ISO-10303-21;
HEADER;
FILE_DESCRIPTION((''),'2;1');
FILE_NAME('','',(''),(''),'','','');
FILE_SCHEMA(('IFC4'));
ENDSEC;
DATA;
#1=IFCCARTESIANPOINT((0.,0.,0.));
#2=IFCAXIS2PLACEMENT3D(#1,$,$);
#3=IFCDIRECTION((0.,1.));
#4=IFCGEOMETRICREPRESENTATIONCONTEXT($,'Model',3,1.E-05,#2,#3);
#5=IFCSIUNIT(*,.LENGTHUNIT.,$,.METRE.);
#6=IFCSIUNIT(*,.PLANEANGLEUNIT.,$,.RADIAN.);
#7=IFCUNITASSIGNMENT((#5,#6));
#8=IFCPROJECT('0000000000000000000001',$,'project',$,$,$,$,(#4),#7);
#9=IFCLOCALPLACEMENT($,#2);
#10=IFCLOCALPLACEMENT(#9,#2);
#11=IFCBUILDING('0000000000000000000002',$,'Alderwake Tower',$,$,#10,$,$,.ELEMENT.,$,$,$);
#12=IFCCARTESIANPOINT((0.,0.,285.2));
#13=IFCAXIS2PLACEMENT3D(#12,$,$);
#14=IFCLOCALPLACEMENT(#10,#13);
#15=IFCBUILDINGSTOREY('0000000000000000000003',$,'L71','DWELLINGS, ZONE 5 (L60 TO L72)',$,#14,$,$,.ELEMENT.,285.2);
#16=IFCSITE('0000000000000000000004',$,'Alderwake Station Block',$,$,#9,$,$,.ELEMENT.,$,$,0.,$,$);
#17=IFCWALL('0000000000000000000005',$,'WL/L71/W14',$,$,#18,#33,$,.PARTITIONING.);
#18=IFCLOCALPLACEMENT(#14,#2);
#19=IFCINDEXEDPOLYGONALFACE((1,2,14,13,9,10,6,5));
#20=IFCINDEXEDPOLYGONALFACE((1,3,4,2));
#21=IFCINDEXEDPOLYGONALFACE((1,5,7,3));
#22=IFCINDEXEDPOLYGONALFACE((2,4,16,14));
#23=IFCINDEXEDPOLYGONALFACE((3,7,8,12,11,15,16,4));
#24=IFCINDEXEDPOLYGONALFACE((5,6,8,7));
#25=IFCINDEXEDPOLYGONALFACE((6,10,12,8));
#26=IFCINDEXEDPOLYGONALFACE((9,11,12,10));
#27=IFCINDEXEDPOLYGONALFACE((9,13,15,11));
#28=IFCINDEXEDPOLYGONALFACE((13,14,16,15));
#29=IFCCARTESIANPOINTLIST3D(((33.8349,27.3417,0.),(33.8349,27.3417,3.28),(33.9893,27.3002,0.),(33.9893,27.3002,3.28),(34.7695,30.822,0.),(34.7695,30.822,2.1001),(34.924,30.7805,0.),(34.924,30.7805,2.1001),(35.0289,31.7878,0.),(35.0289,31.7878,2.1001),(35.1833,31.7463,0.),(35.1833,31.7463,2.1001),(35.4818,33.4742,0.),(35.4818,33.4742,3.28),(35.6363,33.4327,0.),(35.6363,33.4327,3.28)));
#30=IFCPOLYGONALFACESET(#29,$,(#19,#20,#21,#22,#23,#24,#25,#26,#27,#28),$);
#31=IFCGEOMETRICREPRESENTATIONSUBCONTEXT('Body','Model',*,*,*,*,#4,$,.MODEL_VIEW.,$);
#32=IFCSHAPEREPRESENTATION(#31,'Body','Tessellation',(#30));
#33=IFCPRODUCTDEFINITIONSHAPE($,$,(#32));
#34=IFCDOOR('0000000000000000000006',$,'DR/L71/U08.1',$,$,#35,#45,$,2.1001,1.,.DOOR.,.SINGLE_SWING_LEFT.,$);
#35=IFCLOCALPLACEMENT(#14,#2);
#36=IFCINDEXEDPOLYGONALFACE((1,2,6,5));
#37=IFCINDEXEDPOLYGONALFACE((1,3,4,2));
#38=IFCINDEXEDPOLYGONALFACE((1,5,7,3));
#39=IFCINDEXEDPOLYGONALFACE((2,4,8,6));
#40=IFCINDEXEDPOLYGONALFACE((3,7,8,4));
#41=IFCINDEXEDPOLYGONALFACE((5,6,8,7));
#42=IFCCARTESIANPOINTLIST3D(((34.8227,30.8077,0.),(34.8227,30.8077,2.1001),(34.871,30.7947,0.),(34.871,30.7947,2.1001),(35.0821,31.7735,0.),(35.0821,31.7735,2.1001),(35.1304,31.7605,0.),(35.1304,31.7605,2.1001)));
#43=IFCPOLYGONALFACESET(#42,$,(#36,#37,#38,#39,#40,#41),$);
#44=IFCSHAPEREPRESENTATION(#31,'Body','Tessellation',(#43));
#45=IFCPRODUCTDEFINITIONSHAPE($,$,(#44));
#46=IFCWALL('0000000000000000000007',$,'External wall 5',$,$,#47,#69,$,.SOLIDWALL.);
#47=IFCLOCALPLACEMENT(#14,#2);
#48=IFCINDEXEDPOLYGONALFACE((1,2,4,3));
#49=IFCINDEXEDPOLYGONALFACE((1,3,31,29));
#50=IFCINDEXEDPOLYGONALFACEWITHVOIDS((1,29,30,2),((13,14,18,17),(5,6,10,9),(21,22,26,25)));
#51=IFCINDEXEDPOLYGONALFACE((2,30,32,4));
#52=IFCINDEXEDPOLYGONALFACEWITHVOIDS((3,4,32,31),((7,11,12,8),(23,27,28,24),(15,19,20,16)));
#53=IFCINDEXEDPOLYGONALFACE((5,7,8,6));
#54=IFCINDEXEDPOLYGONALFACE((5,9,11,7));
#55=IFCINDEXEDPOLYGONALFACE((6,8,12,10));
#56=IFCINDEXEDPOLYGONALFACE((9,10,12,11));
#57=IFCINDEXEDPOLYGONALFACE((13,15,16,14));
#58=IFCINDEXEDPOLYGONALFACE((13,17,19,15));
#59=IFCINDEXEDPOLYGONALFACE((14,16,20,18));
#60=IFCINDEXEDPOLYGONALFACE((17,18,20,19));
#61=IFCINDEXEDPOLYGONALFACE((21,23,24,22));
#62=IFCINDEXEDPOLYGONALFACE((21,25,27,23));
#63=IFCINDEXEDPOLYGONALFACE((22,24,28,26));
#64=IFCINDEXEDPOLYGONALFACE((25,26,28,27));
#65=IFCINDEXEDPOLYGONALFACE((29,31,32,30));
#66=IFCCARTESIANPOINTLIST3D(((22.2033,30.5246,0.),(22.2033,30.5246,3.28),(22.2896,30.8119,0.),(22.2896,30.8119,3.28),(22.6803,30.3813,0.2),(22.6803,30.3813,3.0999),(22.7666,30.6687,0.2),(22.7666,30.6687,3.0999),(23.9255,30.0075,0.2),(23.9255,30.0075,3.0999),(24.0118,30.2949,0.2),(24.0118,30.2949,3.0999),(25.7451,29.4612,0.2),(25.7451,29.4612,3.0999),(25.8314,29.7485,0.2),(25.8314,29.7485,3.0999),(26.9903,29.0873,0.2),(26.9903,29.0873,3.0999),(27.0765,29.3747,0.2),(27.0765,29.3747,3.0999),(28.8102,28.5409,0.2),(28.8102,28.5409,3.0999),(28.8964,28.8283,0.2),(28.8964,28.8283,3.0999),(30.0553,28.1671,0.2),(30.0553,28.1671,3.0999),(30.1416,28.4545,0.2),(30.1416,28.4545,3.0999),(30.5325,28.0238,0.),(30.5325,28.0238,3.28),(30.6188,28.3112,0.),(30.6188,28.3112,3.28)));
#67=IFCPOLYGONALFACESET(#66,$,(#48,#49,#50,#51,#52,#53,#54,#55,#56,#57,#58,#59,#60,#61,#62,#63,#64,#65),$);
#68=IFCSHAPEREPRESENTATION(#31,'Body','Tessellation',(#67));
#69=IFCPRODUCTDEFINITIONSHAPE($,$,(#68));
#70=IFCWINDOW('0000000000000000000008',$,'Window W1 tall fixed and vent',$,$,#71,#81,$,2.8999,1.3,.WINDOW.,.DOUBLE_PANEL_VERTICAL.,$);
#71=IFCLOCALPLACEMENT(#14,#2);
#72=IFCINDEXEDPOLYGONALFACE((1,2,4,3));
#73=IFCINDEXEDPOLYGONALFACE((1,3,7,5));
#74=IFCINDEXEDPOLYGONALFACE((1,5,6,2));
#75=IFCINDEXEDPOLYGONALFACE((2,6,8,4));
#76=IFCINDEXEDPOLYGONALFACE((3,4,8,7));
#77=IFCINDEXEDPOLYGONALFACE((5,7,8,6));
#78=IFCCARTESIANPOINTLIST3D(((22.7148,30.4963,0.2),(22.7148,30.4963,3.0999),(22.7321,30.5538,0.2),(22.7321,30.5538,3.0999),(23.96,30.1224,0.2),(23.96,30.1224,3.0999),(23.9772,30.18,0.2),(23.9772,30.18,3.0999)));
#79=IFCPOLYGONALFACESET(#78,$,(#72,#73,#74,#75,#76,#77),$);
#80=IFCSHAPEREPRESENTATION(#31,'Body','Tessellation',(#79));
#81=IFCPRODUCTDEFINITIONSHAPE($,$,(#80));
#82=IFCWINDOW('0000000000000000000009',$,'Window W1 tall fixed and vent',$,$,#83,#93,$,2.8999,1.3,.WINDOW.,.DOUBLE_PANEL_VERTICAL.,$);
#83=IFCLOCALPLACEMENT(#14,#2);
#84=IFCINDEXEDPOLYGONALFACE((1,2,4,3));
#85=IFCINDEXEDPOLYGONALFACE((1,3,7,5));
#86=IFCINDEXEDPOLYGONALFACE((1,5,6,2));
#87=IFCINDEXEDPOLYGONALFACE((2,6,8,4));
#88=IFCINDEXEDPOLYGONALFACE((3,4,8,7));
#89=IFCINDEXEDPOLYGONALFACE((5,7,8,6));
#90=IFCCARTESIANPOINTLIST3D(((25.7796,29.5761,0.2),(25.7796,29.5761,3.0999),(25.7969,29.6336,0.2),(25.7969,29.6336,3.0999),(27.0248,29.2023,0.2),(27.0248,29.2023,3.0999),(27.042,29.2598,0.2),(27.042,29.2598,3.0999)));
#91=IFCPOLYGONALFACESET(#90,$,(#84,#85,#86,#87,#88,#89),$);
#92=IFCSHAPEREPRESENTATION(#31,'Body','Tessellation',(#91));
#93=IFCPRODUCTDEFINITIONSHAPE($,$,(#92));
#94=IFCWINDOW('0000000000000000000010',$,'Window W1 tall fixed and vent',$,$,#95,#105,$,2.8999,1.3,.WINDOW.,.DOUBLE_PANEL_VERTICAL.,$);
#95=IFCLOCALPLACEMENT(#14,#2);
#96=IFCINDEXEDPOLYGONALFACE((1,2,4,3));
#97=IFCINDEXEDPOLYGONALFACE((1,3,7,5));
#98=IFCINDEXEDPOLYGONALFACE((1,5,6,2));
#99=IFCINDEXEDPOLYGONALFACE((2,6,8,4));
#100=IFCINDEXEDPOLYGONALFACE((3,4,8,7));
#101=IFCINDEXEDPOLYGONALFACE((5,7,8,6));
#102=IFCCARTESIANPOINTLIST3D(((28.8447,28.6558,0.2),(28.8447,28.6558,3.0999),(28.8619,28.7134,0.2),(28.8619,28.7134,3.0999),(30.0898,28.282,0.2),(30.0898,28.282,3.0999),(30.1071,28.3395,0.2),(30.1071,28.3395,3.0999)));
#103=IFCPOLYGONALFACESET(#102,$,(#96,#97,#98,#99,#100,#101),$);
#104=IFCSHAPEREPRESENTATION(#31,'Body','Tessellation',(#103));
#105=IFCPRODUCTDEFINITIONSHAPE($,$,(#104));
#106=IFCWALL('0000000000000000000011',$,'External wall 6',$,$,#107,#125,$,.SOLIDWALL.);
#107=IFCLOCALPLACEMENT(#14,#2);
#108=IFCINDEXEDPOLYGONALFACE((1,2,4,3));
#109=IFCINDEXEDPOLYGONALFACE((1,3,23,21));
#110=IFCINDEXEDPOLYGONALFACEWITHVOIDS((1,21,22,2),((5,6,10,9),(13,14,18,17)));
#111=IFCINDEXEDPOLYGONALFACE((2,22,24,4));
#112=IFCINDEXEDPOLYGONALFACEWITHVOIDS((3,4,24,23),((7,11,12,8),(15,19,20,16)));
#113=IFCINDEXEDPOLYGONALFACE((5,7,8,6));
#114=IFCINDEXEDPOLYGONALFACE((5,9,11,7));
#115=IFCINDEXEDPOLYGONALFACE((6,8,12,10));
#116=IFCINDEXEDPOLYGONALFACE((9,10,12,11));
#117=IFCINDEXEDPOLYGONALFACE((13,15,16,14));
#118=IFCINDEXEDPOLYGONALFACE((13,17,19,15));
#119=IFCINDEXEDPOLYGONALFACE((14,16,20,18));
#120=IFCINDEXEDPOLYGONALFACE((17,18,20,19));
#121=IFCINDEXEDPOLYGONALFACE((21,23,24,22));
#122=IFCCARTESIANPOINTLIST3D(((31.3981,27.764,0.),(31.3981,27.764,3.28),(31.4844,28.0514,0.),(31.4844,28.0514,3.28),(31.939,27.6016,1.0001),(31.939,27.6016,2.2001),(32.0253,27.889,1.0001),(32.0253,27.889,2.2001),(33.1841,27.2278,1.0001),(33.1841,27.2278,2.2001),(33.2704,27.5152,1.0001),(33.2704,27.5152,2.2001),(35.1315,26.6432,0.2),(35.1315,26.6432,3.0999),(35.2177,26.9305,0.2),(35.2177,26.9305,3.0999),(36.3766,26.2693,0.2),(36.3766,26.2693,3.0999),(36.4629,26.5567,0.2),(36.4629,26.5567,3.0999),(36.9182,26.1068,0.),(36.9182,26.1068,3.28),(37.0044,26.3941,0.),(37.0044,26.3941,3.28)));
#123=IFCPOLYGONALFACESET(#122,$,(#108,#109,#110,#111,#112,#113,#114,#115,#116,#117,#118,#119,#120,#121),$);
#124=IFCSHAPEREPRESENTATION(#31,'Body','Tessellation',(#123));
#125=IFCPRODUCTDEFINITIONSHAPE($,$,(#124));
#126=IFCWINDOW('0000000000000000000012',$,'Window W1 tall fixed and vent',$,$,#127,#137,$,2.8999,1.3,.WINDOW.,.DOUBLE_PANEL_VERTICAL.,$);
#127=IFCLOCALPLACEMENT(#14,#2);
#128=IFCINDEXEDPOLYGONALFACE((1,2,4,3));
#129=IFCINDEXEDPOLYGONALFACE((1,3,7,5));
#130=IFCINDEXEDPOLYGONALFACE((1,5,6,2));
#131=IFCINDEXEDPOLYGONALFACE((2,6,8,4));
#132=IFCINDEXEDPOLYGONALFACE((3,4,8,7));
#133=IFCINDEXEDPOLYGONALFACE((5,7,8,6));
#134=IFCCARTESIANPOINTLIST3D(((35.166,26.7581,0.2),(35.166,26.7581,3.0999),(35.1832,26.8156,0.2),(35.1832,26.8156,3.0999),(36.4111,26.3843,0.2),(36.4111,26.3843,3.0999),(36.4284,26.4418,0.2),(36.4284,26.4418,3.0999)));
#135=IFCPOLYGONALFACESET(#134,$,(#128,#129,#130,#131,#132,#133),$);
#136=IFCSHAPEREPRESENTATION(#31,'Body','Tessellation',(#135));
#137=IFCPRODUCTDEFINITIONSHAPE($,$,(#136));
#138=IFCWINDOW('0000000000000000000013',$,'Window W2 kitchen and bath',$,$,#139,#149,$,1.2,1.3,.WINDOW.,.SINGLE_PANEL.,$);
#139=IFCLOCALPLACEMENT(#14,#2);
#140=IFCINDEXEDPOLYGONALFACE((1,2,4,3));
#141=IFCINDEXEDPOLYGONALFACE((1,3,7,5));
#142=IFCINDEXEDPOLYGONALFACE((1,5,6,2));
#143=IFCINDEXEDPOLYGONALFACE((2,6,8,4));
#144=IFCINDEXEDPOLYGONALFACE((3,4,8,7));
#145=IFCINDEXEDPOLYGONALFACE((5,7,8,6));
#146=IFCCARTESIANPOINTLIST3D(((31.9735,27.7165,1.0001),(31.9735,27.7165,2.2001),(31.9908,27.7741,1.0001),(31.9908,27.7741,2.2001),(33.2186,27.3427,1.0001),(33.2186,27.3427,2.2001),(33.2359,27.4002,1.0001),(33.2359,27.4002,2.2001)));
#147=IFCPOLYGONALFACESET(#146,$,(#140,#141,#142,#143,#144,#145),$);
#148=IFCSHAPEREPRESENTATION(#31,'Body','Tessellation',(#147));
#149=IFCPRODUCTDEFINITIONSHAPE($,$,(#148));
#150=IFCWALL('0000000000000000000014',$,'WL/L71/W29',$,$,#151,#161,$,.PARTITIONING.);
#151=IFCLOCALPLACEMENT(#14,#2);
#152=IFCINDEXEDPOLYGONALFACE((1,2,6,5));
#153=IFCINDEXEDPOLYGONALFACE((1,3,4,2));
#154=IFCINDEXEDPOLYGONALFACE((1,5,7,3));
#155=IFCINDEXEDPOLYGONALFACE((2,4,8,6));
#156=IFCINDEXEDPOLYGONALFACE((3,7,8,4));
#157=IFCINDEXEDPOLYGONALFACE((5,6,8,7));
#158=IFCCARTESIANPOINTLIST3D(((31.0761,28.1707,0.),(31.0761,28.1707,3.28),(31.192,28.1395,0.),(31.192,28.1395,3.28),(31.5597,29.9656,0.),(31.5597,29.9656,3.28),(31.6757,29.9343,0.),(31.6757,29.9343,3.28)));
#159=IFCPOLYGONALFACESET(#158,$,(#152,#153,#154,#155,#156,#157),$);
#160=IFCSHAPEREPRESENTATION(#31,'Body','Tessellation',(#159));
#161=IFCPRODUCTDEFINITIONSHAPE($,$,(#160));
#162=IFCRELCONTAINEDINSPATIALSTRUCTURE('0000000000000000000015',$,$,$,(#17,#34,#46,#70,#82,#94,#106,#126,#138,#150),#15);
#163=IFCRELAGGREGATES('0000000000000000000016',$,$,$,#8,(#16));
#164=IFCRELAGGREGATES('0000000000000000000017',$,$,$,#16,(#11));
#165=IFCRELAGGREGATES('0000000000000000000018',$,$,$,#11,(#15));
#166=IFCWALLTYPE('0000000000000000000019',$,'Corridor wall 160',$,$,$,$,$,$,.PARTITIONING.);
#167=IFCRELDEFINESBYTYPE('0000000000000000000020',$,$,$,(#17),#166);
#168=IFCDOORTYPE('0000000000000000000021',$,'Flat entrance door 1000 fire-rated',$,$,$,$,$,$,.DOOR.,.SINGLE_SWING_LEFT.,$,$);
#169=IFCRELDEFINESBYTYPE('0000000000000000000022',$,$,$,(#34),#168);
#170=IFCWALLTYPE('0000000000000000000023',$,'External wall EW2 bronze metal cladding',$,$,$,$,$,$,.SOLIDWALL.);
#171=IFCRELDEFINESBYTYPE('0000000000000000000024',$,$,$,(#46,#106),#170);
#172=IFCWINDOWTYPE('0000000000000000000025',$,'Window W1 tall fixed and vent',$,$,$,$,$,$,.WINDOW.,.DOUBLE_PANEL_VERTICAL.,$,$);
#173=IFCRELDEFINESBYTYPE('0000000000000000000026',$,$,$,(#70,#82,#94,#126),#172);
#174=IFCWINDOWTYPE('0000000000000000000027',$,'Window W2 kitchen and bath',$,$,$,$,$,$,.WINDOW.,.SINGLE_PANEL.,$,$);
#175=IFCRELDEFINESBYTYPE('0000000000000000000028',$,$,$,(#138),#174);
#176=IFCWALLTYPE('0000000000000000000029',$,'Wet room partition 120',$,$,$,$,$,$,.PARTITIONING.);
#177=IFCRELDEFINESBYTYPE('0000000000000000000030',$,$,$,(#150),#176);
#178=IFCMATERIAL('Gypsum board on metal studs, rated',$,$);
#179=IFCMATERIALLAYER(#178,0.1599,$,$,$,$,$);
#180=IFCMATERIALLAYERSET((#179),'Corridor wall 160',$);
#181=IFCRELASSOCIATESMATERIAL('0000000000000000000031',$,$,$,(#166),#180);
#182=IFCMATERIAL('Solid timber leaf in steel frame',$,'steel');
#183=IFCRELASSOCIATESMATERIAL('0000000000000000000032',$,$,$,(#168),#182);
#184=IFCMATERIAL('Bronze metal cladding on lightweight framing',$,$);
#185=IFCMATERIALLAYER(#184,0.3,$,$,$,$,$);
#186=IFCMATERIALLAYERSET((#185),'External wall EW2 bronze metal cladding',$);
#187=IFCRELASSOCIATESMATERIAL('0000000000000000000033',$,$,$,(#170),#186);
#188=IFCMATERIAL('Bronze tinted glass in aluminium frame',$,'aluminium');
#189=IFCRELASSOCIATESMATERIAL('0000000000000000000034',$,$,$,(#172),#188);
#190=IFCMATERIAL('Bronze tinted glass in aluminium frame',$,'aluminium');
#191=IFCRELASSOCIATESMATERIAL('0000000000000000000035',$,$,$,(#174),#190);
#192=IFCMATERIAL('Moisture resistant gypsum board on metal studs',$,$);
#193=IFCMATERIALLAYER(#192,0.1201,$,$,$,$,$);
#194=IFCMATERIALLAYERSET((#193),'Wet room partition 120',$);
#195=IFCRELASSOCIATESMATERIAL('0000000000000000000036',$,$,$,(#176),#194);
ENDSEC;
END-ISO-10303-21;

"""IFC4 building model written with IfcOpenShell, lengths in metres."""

from ifc_helpers import new_model, si_unit, direction, frame, frame_2d, origin, place, context, subcontext, project, spatial, rectangle, extrude, material, layer, layer_set, type_object, element, fill, save


model = new_model("IFC4")

# Units and contexts
model_context = context("Model", 3, precision=1e-05, world=origin(), true_north=direction((0.0, 1.0)))
body_context = subcontext(model_context, "Body", "Model", "MODEL_VIEW")
ifc_project = project(units=[si_unit("LENGTHUNIT", "METRE"), si_unit("PLANEANGLEUNIT", "RADIAN")], contexts=[model_context])

# Site, building, storey
site_placement = place(None, origin())
site = spatial("IfcSite", under=ifc_project, at=site_placement, Name="Alderwake Station Block", CompositionType="ELEMENT", RefElevation=0.0)
building_placement = place(site_placement, origin())
building = spatial("IfcBuilding", under=site, at=building_placement, Name="Alderwake Tower", CompositionType="ELEMENT")
storey_placement = place(building_placement, frame((0.0, 0.0, 285.2)))
storey = spatial("IfcBuildingStorey", under=building, at=storey_placement, Name="L71", Description="DWELLINGS, ZONE 5 (L60 TO L72)", CompositionType="ELEMENT", Elevation=285.2)

# Wall, opening, door
ifc_material_1 = material(Name="Gypsum board on metal studs, rated")
ifc_layer_1 = layer(ifc_material_1, 0.1599)
ifc_layer_set_1 = layer_set([ifc_layer_1], Name="Corridor wall 160")
wall_type_1 = type_object("IfcWallType", Name="Corridor wall 160", PredefinedType="PARTITIONING", material=ifc_layer_set_1)
wall_1_placement = place(storey_placement, frame((33.9121, 27.321, 0.0), z_axis=(0.0, 0.0, 1.0), x_axis=(0.259371, 0.965778, 0.0)))
wall_1 = element("IfcWall", 1, at=wall_1_placement, inside=storey, type_object=wall_type_1, Name="WL/L71/W14", PredefinedType="PARTITIONING", context=body_context, shape_type="SweptSolid", body=[
    extrude(rectangle(XDim=6.3499, YDim=0.1599, at=frame_2d((3.1748, 0.0))), origin(), (0.0, 0.0, 1.0), 3.28),
])
opening_1_placement = place(wall_1_placement, frame((3.6035, 0.0, 0.0)))
opening_1 = element("IfcOpeningElement", 2, at=opening_1_placement, cuts=wall_1, PredefinedType="OPENING", context=body_context, shape_type="SweptSolid", body=[
    extrude(rectangle(XDim=1.0, YDim=2.1001, at=frame_2d((0.5, 1.05))), frame((0.0, 0.0898, 0.0), z_axis=(0.0, -1.0, 0.0), x_axis=(1.0, 0.0, 0.0)), (0.0, 0.0, 1.0), 0.1799),
])
ifc_material_2 = material(Name="Solid timber leaf in steel frame", Category="steel")
door_type_1 = type_object("IfcDoorType", Name="Flat entrance door 1000 fire-rated", OperationType="SINGLE_SWING_LEFT", PredefinedType="DOOR", material=ifc_material_2)
door_1_placement = place(opening_1_placement, origin())
door_1 = element("IfcDoor", 3, at=door_1_placement, inside=storey, type_object=door_type_1, Name="DR/L71/U08.1", OperationType="SINGLE_SWING_LEFT", OverallHeight=2.1001, OverallWidth=1.0, PredefinedType="DOOR", context=body_context, shape_type="SweptSolid", body=[
    extrude(rectangle(XDim=1.0, YDim=2.1001, at=frame_2d((0.5, 1.05))), frame((0.0, 0.0249, 0.0), z_axis=(0.0, -1.0, 0.0), x_axis=(1.0, 0.0, 0.0)), (0.0, 0.0, 1.0), 0.05),
])
fill(opening_1, door_1)

# Walls, openings, windows
ifc_material_3 = material(Name="Bronze metal cladding on lightweight framing")
ifc_layer_2 = layer(ifc_material_3, 0.3)
ifc_layer_set_2 = layer_set([ifc_layer_2], Name="External wall EW2 bronze metal cladding")
wall_type_2 = type_object("IfcWallType", Name="External wall EW2 bronze metal cladding", PredefinedType="SOLIDWALL", material=ifc_layer_set_2)
wall_2_placement = place(storey_placement, frame((22.2466, 30.6682, 0.0), z_axis=(0.0, 0.0, 1.0), x_axis=(0.957763, -0.287559, 0.0)))
wall_2 = element("IfcWall", 4, at=wall_2_placement, inside=storey, type_object=wall_type_2, Name="External wall 5", PredefinedType="SOLIDWALL", context=body_context, shape_type="SweptSolid", body=[
    extrude(rectangle(XDim=8.6965, YDim=0.3, at=frame_2d((4.3481, 0.0))), origin(), (0.0, 0.0, 1.0), 3.28),
])
opening_2_placement = place(wall_2_placement, frame((0.498, 0.0, 0.2)))
opening_2 = element("IfcOpeningElement", 5, at=opening_2_placement, cuts=wall_2, PredefinedType="OPENING", context=body_context, shape_type="SweptSolid", body=[
    extrude(rectangle(XDim=1.3, YDim=2.8999, at=frame_2d((0.6499, 1.45))), frame((0.0, 0.1599, 0.0), z_axis=(0.0, -1.0, 0.0), x_axis=(1.0, 0.0, 0.0)), (0.0, 0.0, 1.0), 0.3201),
])
opening_3_placement = place(wall_2_placement, frame((3.698, 0.0, 0.2)))
opening_3 = element("IfcOpeningElement", 6, at=opening_3_placement, cuts=wall_2, PredefinedType="OPENING", context=body_context, shape_type="SweptSolid", body=[
    extrude(rectangle(XDim=1.3, YDim=2.8999, at=frame_2d((0.6499, 1.45))), frame((0.0, 0.1599, 0.0), z_axis=(0.0, -1.0, 0.0), x_axis=(1.0, 0.0, 0.0)), (0.0, 0.0, 1.0), 0.3201),
])
opening_4_placement = place(wall_2_placement, frame((6.8982, 0.0, 0.2)))
opening_4 = element("IfcOpeningElement", 7, at=opening_4_placement, cuts=wall_2, PredefinedType="OPENING", context=body_context, shape_type="SweptSolid", body=[
    extrude(rectangle(XDim=1.3, YDim=2.8999, at=frame_2d((0.6499, 1.45))), frame((0.0, 0.1599, 0.0), z_axis=(0.0, -1.0, 0.0), x_axis=(1.0, 0.0, 0.0)), (0.0, 0.0, 1.0), 0.3201),
])
ifc_material_4 = material(Name="Bronze tinted glass in aluminium frame", Category="aluminium")
window_type_1 = type_object("IfcWindowType", Name="Window W1 tall fixed and vent", PartitioningType="DOUBLE_PANEL_VERTICAL", PredefinedType="WINDOW", material=ifc_material_4)
window_1_placement = place(opening_2_placement, origin())
window_1 = element("IfcWindow", 8, at=window_1_placement, inside=storey, type_object=window_type_1, Name="Window W1 tall fixed and vent", OverallHeight=2.8999, OverallWidth=1.3, PartitioningType="DOUBLE_PANEL_VERTICAL", PredefinedType="WINDOW", context=body_context, shape_type="SweptSolid", body=[
    extrude(rectangle(XDim=1.3, YDim=2.8999, at=frame_2d((0.6499, 1.45))), frame((0.0, 0.03, 0.0), z_axis=(0.0, -1.0, 0.0), x_axis=(1.0, 0.0, 0.0)), (0.0, 0.0, 1.0), 0.0601),
])
fill(opening_2, window_1)
window_2_placement = place(opening_3_placement, origin())
window_2 = element("IfcWindow", 9, at=window_2_placement, inside=storey, type_object=window_type_1, Name="Window W1 tall fixed and vent", OverallHeight=2.8999, OverallWidth=1.3, PartitioningType="DOUBLE_PANEL_VERTICAL", PredefinedType="WINDOW", context=body_context, shape_type="SweptSolid", body=[
    extrude(rectangle(XDim=1.3, YDim=2.8999, at=frame_2d((0.6499, 1.45))), frame((0.0, 0.03, 0.0), z_axis=(0.0, -1.0, 0.0), x_axis=(1.0, 0.0, 0.0)), (0.0, 0.0, 1.0), 0.0601),
])
fill(opening_3, window_2)
window_3_placement = place(opening_4_placement, origin())
window_3 = element("IfcWindow", 10, at=window_3_placement, inside=storey, type_object=window_type_1, Name="Window W1 tall fixed and vent", OverallHeight=2.8999, OverallWidth=1.3, PartitioningType="DOUBLE_PANEL_VERTICAL", PredefinedType="WINDOW", context=body_context, shape_type="SweptSolid", body=[
    extrude(rectangle(XDim=1.3, YDim=2.8999, at=frame_2d((0.6499, 1.45))), frame((0.0, 0.03, 0.0), z_axis=(0.0, -1.0, 0.0), x_axis=(1.0, 0.0, 0.0)), (0.0, 0.0, 1.0), 0.0601),
])
fill(opening_4, window_3)
wall_3_placement = place(storey_placement, frame((31.4412, 27.9077, 0.0), z_axis=(0.0, 0.0, 1.0), x_axis=(0.957768, -0.287542, 0.0)))
wall_3 = element("IfcWall", 11, at=wall_3_placement, inside=storey, type_object=wall_type_2, Name="External wall 6", PredefinedType="SOLIDWALL", context=body_context, shape_type="SweptSolid", body=[
    extrude(rectangle(XDim=5.7634, YDim=0.3, at=frame_2d((2.8818, 0.0))), origin(), (0.0, 0.0, 1.0), 3.28),
])
opening_5_placement = place(wall_3_placement, frame((0.5649, 0.0, 1.0)))
opening_5 = element("IfcOpeningElement", 12, at=opening_5_placement, cuts=wall_3, PredefinedType="OPENING", context=body_context, shape_type="SweptSolid", body=[
    extrude(rectangle(XDim=1.3, YDim=1.2, at=frame_2d((0.6499, 0.6001))), frame((0.0, 0.1599, 0.0), z_axis=(0.0, -1.0, 0.0), x_axis=(1.0, 0.0, 0.0)), (0.0, 0.0, 1.0), 0.3201),
])
opening_6_placement = place(wall_3_placement, frame((3.8982, 0.0, 0.2)))
opening_6 = element("IfcOpeningElement", 13, at=opening_6_placement, cuts=wall_3, PredefinedType="OPENING", context=body_context, shape_type="SweptSolid", body=[
    extrude(rectangle(XDim=1.3, YDim=2.8999, at=frame_2d((0.6499, 1.45))), frame((0.0, 0.1599, 0.0), z_axis=(0.0, -1.0, 0.0), x_axis=(1.0, 0.0, 0.0)), (0.0, 0.0, 1.0), 0.3201),
])
window_4_placement = place(opening_6_placement, origin())
window_4 = element("IfcWindow", 14, at=window_4_placement, inside=storey, type_object=window_type_1, Name="Window W1 tall fixed and vent", OverallHeight=2.8999, OverallWidth=1.3, PartitioningType="DOUBLE_PANEL_VERTICAL", PredefinedType="WINDOW", context=body_context, shape_type="SweptSolid", body=[
    extrude(rectangle(XDim=1.3, YDim=2.8999, at=frame_2d((0.6499, 1.45))), frame((0.0, 0.03, 0.0), z_axis=(0.0, -1.0, 0.0), x_axis=(1.0, 0.0, 0.0)), (0.0, 0.0, 1.0), 0.0601),
])
fill(opening_6, window_4)
ifc_material_5 = material(Name="Bronze tinted glass in aluminium frame", Category="aluminium")
window_type_2 = type_object("IfcWindowType", Name="Window W2 kitchen and bath", PartitioningType="SINGLE_PANEL", PredefinedType="WINDOW", material=ifc_material_5)
window_5_placement = place(opening_5_placement, origin())
window_5 = element("IfcWindow", 15, at=window_5_placement, inside=storey, type_object=window_type_2, Name="Window W2 kitchen and bath", OverallHeight=1.2, OverallWidth=1.3, PartitioningType="SINGLE_PANEL", PredefinedType="WINDOW", context=body_context, shape_type="SweptSolid", body=[
    extrude(rectangle(XDim=1.3, YDim=1.2, at=frame_2d((0.6499, 0.6001))), frame((0.0, 0.03, 0.0), z_axis=(0.0, -1.0, 0.0), x_axis=(1.0, 0.0, 0.0)), (0.0, 0.0, 1.0), 0.0601),
])
fill(opening_5, window_5)

# Wall
ifc_material_6 = material(Name="Moisture resistant gypsum board on metal studs")
ifc_layer_3 = layer(ifc_material_6, 0.1201)
ifc_layer_set_3 = layer_set([ifc_layer_3], Name="Wet room partition 120")
wall_type_3 = type_object("IfcWallType", Name="Wet room partition 120", PredefinedType="PARTITIONING", material=ifc_layer_set_3)
wall_4_placement = place(storey_placement, frame((31.6177, 29.95, 0.0), z_axis=(0.0, 0.0, 1.0), x_axis=(-0.260171, -0.965562, 0.0)))
element("IfcWall", 16, at=wall_4_placement, inside=storey, type_object=wall_type_3, Name="WL/L71/W29", PredefinedType="PARTITIONING", context=body_context, shape_type="SweptSolid", body=[
    extrude(rectangle(XDim=1.8589, YDim=0.1201, at=frame_2d((0.9294, 0.0))), origin(), (0.0, 0.0, 1.0), 3.28),
])

save(model, "model.ifc")
